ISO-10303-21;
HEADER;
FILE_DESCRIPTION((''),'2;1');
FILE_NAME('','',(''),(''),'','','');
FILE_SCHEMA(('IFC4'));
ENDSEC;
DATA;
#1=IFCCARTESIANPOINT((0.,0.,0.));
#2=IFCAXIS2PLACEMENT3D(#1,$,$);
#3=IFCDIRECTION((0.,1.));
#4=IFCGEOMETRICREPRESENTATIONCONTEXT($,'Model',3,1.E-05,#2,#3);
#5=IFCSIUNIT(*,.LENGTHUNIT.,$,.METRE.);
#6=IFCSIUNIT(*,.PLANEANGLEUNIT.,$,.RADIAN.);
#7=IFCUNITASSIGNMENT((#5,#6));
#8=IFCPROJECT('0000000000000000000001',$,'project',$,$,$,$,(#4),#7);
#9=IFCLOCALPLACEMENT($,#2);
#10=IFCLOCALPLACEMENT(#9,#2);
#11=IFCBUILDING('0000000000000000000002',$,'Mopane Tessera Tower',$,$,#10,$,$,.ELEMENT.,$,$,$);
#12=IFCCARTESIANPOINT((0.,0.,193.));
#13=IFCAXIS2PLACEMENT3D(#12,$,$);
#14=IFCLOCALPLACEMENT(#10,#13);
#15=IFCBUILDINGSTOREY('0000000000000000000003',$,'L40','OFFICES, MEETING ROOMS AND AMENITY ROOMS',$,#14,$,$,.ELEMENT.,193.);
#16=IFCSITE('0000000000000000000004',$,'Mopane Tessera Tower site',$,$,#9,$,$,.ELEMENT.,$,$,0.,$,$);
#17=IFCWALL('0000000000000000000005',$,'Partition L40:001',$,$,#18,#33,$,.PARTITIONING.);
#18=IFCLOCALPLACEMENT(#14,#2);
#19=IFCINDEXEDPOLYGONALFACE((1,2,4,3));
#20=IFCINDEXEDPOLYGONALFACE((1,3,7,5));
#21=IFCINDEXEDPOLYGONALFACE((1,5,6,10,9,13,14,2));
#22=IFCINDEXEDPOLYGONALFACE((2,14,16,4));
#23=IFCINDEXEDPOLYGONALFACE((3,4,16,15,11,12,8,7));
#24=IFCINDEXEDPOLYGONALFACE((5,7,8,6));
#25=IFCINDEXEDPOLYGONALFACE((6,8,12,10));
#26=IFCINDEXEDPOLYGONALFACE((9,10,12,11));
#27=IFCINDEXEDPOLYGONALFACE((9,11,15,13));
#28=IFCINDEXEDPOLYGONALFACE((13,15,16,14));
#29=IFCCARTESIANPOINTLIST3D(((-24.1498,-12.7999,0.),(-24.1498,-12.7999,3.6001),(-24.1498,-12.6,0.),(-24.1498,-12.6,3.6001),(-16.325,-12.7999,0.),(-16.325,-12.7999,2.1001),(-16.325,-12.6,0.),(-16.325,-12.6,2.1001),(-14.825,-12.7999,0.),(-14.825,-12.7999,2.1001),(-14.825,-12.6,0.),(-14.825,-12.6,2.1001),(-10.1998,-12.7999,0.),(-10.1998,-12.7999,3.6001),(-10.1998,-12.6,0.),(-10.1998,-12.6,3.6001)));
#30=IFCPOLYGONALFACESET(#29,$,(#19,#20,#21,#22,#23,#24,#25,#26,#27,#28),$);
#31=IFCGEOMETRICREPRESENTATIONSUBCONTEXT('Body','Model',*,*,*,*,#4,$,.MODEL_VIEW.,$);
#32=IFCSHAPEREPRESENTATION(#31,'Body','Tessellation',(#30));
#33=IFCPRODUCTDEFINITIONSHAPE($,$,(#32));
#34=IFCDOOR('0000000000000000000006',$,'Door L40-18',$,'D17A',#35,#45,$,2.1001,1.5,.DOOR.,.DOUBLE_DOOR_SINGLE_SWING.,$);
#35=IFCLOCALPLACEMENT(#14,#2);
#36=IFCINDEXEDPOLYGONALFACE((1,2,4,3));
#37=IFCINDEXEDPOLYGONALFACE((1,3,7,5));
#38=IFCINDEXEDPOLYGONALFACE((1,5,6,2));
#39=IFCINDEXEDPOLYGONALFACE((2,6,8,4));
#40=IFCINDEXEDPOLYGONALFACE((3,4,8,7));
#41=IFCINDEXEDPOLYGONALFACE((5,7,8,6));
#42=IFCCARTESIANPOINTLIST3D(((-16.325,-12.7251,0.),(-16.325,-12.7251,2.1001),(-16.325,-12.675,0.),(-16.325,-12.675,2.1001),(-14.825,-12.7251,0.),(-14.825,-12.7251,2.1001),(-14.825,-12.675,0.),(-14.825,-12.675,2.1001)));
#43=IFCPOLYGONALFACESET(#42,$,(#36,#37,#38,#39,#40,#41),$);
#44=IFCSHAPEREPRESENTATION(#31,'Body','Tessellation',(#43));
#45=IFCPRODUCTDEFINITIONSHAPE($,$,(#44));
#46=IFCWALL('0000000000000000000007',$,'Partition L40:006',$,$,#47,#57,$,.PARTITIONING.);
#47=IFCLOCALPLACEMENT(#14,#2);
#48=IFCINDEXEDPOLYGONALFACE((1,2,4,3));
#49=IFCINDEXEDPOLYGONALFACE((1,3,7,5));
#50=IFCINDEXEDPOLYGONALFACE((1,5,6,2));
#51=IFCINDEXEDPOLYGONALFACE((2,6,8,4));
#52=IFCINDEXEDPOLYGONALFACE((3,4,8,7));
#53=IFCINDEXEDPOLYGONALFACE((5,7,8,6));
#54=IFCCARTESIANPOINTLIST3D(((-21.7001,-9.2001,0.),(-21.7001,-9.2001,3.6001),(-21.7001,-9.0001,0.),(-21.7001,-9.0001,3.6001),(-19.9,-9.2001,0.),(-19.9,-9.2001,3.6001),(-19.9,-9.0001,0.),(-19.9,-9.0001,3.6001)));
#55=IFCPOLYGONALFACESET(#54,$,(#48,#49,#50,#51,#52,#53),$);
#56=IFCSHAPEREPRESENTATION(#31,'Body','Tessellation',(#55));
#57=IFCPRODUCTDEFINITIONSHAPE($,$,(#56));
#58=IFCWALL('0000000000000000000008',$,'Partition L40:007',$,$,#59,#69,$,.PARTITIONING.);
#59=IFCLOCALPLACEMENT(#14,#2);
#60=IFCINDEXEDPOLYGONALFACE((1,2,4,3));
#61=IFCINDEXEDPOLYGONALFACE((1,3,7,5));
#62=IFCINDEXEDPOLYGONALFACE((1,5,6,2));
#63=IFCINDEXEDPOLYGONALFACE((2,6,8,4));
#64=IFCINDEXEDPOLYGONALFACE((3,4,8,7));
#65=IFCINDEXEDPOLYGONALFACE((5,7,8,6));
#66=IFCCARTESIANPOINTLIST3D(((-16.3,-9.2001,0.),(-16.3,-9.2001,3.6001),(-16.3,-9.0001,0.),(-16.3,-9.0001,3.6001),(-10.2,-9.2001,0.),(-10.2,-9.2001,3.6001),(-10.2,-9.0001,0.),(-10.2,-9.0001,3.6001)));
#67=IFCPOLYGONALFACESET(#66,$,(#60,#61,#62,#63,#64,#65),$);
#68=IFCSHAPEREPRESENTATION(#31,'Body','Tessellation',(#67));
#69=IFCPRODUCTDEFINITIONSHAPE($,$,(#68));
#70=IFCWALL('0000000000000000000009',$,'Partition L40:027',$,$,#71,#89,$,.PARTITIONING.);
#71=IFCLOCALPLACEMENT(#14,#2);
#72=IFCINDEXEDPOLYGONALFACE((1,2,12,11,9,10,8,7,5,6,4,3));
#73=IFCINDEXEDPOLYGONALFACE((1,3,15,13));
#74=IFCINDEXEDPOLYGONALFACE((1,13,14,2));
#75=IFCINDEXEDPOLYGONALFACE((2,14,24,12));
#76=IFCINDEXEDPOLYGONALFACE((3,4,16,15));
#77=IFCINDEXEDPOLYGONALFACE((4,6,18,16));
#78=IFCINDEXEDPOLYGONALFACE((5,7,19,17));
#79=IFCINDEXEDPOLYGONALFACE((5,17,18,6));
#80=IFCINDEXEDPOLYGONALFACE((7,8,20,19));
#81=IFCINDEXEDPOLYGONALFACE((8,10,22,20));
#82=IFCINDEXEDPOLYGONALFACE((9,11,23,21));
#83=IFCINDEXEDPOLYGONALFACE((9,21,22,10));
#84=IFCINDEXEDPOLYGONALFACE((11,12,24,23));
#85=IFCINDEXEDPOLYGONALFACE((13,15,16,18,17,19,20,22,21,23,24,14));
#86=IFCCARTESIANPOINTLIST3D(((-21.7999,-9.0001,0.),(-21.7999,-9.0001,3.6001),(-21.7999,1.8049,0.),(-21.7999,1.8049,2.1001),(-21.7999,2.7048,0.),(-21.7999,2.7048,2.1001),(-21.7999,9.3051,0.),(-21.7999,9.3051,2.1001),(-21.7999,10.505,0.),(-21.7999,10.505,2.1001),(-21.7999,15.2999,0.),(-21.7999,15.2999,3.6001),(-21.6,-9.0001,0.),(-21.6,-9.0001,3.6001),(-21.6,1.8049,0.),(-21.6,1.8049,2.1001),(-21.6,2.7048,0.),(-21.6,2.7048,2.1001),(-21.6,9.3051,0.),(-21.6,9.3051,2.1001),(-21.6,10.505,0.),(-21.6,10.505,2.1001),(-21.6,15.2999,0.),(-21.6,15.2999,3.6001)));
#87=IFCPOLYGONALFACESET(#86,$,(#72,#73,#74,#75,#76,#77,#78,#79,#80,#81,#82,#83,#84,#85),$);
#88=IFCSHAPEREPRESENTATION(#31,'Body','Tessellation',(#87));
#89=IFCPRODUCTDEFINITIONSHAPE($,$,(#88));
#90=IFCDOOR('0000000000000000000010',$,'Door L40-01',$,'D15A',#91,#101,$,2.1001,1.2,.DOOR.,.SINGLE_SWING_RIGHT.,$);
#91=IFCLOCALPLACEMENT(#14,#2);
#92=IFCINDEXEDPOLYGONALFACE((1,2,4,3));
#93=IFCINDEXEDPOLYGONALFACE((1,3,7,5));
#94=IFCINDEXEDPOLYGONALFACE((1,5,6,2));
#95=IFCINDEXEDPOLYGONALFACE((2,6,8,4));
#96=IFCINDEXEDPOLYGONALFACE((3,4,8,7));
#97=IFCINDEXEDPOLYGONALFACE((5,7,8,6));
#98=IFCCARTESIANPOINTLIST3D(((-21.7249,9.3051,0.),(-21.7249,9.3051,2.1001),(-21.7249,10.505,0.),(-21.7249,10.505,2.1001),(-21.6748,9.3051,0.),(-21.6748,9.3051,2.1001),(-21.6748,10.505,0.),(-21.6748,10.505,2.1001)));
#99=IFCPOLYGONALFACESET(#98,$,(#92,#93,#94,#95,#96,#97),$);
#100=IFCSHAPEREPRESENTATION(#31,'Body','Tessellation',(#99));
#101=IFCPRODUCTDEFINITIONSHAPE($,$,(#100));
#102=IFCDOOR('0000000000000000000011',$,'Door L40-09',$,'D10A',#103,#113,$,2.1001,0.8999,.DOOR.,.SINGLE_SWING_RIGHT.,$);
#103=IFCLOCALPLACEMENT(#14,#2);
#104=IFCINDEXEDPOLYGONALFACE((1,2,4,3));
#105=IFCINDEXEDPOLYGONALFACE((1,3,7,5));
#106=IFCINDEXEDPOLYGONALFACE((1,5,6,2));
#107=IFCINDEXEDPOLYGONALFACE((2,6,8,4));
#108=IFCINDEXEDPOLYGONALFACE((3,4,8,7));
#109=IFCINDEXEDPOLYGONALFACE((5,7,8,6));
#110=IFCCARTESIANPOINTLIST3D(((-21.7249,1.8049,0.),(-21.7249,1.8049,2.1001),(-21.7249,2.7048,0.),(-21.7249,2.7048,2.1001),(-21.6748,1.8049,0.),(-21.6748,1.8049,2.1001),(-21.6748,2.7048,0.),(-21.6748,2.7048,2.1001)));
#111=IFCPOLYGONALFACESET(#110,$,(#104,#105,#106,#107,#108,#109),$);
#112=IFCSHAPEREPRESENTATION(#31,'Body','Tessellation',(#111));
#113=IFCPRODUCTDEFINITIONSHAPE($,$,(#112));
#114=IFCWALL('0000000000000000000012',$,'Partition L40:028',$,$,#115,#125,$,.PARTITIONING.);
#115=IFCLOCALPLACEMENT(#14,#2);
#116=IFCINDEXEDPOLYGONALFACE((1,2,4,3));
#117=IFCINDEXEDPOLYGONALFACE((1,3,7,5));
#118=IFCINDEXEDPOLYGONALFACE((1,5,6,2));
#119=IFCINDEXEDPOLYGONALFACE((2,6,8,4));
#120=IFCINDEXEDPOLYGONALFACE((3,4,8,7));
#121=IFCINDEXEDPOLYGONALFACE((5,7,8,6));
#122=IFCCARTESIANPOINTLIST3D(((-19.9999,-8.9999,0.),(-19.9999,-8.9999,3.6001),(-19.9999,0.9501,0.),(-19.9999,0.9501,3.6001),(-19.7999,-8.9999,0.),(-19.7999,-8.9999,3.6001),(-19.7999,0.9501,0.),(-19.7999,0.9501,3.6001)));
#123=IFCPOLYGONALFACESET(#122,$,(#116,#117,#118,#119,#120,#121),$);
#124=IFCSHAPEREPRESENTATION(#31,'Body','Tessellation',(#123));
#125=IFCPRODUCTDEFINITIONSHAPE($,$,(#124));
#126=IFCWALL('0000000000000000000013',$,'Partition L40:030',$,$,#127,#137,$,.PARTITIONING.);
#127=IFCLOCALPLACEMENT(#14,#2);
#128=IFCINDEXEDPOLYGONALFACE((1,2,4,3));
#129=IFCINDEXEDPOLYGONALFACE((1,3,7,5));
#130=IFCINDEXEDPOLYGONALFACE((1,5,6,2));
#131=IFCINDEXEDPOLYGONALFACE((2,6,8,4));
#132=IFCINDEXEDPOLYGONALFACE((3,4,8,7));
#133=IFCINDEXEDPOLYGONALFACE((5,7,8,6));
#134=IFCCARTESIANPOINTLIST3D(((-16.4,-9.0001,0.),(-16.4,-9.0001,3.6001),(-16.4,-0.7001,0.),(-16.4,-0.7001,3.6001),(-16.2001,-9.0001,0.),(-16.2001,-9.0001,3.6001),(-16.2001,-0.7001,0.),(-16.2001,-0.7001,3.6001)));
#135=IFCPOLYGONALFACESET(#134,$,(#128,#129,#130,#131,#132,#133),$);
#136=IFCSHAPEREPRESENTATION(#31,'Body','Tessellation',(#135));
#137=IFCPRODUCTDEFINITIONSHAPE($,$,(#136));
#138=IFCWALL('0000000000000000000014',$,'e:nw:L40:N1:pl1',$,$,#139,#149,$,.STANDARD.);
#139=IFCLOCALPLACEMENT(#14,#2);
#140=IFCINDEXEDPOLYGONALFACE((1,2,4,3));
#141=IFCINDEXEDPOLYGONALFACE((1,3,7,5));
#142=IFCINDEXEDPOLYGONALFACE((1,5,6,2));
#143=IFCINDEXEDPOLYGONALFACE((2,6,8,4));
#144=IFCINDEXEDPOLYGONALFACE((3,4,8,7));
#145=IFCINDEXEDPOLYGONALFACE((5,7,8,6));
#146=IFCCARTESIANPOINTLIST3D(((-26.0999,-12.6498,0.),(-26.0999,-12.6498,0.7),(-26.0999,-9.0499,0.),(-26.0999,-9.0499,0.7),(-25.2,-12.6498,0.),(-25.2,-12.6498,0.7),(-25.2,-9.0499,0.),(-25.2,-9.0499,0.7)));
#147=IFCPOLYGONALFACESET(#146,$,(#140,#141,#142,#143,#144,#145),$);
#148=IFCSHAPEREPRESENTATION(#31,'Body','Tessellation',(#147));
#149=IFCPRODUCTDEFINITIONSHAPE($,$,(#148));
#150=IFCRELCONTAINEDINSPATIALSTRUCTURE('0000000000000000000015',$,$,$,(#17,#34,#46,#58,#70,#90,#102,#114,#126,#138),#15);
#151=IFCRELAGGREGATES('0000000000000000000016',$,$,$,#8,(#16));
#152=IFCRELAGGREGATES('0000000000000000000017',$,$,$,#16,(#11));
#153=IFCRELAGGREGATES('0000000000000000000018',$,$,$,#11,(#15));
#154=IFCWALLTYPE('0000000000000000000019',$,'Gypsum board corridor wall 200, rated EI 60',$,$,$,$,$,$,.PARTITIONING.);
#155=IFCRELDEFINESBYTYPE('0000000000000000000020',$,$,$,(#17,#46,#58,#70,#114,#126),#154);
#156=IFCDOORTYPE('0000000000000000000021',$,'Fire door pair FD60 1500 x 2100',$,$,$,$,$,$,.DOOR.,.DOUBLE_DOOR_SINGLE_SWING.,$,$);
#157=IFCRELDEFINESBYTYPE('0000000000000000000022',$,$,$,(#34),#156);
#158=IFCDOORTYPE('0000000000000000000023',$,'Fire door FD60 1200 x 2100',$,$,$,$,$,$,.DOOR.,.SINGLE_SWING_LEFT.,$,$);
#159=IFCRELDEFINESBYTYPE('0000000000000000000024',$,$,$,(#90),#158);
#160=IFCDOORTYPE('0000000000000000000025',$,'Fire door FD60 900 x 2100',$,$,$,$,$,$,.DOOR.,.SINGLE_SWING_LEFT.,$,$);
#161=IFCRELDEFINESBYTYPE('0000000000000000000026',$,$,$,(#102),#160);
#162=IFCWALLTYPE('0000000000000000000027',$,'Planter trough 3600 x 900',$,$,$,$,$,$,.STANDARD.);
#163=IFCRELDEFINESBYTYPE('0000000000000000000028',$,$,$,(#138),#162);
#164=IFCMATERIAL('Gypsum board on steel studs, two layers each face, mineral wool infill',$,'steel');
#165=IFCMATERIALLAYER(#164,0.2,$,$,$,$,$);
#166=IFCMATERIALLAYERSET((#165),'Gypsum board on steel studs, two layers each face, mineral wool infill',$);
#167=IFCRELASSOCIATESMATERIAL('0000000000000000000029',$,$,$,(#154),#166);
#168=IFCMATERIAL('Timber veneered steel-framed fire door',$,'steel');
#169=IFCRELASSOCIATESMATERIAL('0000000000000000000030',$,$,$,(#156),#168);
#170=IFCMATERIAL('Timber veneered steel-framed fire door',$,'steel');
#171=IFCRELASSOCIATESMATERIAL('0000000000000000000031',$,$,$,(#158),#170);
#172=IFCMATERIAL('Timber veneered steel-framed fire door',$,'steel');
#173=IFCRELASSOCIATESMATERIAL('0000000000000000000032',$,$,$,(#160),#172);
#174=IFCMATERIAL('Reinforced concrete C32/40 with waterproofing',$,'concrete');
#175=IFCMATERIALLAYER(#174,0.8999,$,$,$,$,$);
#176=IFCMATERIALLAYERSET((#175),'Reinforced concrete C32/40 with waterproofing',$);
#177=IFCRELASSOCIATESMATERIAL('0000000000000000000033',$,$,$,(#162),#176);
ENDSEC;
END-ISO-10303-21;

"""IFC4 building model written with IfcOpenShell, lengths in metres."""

from ifc_helpers import new_model, si_unit, direction, frame, frame_2d, origin, place, context, subcontext, project, spatial, rectangle, extrude, material, layer, layer_set, type_object, element, fill, save


model = new_model("IFC4")

# Units and contexts
model_context = context("Model", 3, precision=1e-05, world=origin(), true_north=direction((0.0, 1.0)))
body_context = subcontext(model_context, "Body", "Model", "MODEL_VIEW")
ifc_project = project(units=[si_unit("LENGTHUNIT", "METRE"), si_unit("PLANEANGLEUNIT", "RADIAN")], contexts=[model_context])

# Site, building, storey
site_placement = place(None, origin())
site = spatial("IfcSite", under=ifc_project, at=site_placement, Name="Mopane Tessera Tower site", CompositionType="ELEMENT", RefElevation=0.0)
building_placement = place(site_placement, origin())
building = spatial("IfcBuilding", under=site, at=building_placement, Name="Mopane Tessera Tower", CompositionType="ELEMENT")
storey_placement = place(building_placement, frame((0.0, 0.0, 193.0)))
storey = spatial("IfcBuildingStorey", under=building, at=storey_placement, Name="L40", Description="OFFICES, MEETING ROOMS AND AMENITY ROOMS", CompositionType="ELEMENT", Elevation=193.0)

# Wall, opening, door
ifc_material_1 = material(Name="Gypsum board on steel studs, two layers each face, mineral wool infill", Category="steel")
ifc_layer_1 = layer(ifc_material_1, 0.2)
ifc_layer_set_1 = layer_set([ifc_layer_1], Name="Gypsum board on steel studs, two layers each face, mineral wool infill")
wall_type_1 = type_object("IfcWallType", Name="Gypsum board corridor wall 200, rated EI 60", PredefinedType="PARTITIONING", material=ifc_layer_set_1)
wall_1_placement = place(storey_placement, frame((-24.1499, -12.7, 0.0), z_axis=(0.0, 0.0, 1.0), x_axis=(1.0, 0.0, 0.0)))
wall_1 = element("IfcWall", 1, at=wall_1_placement, inside=storey, type_object=wall_type_1, Name="Partition L40:001", PredefinedType="PARTITIONING", context=body_context, shape_type="SweptSolid", body=[
    extrude(rectangle(XDim=13.95, YDim=0.2, at=frame_2d((6.9751, 0.0))), origin(), (0.0, 0.0, 1.0), 3.6001),
])
opening_1_placement = place(wall_1_placement, frame((7.825, 0.0, 0.0)))
opening_1 = element("IfcOpeningElement", 2, at=opening_1_placement, cuts=wall_1, PredefinedType="OPENING", context=body_context, shape_type="SweptSolid", body=[
    extrude(rectangle(XDim=1.5, YDim=2.1001, at=frame_2d((0.75, 1.05))), frame((0.0, 0.1121, 0.0), z_axis=(0.0, -1.0, 0.0), x_axis=(1.0, 0.0, 0.0)), (0.0, 0.0, 1.0), 0.2239),
])
ifc_material_2 = material(Name="Timber veneered steel-framed fire door", Category="steel")
door_type_1 = type_object("IfcDoorType", Name="Fire door pair FD60 1500 x 2100", OperationType="DOUBLE_DOOR_SINGLE_SWING", PredefinedType="DOOR", material=ifc_material_2)
door_1_placement = place(opening_1_placement, origin())
door_1 = element("IfcDoor", 3, at=door_1_placement, inside=storey, type_object=door_type_1, Name="Door L40-18", ObjectType="D17A", OperationType="DOUBLE_DOOR_SINGLE_SWING", OverallHeight=2.1001, OverallWidth=1.5, PredefinedType="DOOR", context=body_context, shape_type="SweptSolid", body=[
    extrude(rectangle(XDim=1.5, YDim=2.1001, at=frame_2d((0.75, 1.05))), frame((0.0, 0.0249, 0.0), z_axis=(0.0, -1.0, 0.0), x_axis=(1.0, 0.0, 0.0)), (0.0, 0.0, 1.0), 0.05),
])
fill(opening_1, door_1)

# Walls
wall_2_placement = place(storey_placement, frame((-21.7, -9.1001, 0.0), z_axis=(0.0, 0.0, 1.0), x_axis=(1.0, 0.0, 0.0)))
element("IfcWall", 4, at=wall_2_placement, inside=storey, type_object=wall_type_1, Name="Partition L40:006", PredefinedType="PARTITIONING", context=body_context, shape_type="SweptSolid", body=[
    extrude(rectangle(XDim=1.8, YDim=0.2, at=frame_2d((0.8999, 0.0))), origin(), (0.0, 0.0, 1.0), 3.6001),
])
wall_3_placement = place(storey_placement, frame((-16.3, -9.1001, 0.0), z_axis=(0.0, 0.0, 1.0), x_axis=(1.0, 0.0, 0.0)))
element("IfcWall", 5, at=wall_3_placement, inside=storey, type_object=wall_type_1, Name="Partition L40:007", PredefinedType="PARTITIONING", context=body_context, shape_type="SweptSolid", body=[
    extrude(rectangle(XDim=6.1001, YDim=0.2, at=frame_2d((3.05, 0.0))), origin(), (0.0, 0.0, 1.0), 3.6001),
])

# Wall, openings, doors
wall_4_placement = place(storey_placement, frame((-21.7, -9.0, 0.0), z_axis=(0.0, 0.0, 1.0), x_axis=(0.0, 1.0, 0.0)))
wall_4 = element("IfcWall", 6, at=wall_4_placement, inside=storey, type_object=wall_type_1, Name="Partition L40:027", PredefinedType="PARTITIONING", context=body_context, shape_type="SweptSolid", body=[
    extrude(rectangle(XDim=24.3, YDim=0.2, at=frame_2d((12.1499, 0.0))), origin(), (0.0, 0.0, 1.0), 3.6001),
])
opening_2_placement = place(wall_4_placement, frame((18.3049, 0.0, 0.0)))
opening_2 = element("IfcOpeningElement", 7, at=opening_2_placement, cuts=wall_4, PredefinedType="OPENING", context=body_context, shape_type="SweptSolid", body=[
    extrude(rectangle(XDim=1.2, YDim=2.1001, at=frame_2d((0.6001, 1.05))), frame((0.0, 0.1121, 0.0), z_axis=(0.0, -1.0, 0.0), x_axis=(1.0, 0.0, 0.0)), (0.0, 0.0, 1.0), 0.2239),
])
opening_3_placement = place(wall_4_placement, frame((10.8049, 0.0, 0.0)))
opening_3 = element("IfcOpeningElement", 8, at=opening_3_placement, cuts=wall_4, PredefinedType="OPENING", context=body_context, shape_type="SweptSolid", body=[
    extrude(rectangle(XDim=0.8999, YDim=2.1001, at=frame_2d((0.45, 1.05))), frame((0.0, 0.1121, 0.0), z_axis=(0.0, -1.0, 0.0), x_axis=(1.0, 0.0, 0.0)), (0.0, 0.0, 1.0), 0.2239),
])
ifc_material_3 = material(Name="Timber veneered steel-framed fire door", Category="steel")
door_type_2 = type_object("IfcDoorType", Name="Fire door FD60 1200 x 2100", OperationType="SINGLE_SWING_LEFT", PredefinedType="DOOR", material=ifc_material_3)
door_2_placement = place(opening_2_placement, origin())
door_2 = element("IfcDoor", 9, at=door_2_placement, inside=storey, type_object=door_type_2, Name="Door L40-01", ObjectType="D15A", OperationType="SINGLE_SWING_RIGHT", OverallHeight=2.1001, OverallWidth=1.2, PredefinedType="DOOR", context=body_context, shape_type="SweptSolid", body=[
    extrude(rectangle(XDim=1.2, YDim=2.1001, at=frame_2d((0.6001, 1.05))), frame((0.0, 0.0249, 0.0), z_axis=(0.0, -1.0, 0.0), x_axis=(1.0, 0.0, 0.0)), (0.0, 0.0, 1.0), 0.05),
])
fill(opening_2, door_2)
ifc_material_4 = material(Name="Timber veneered steel-framed fire door", Category="steel")
door_type_3 = type_object("IfcDoorType", Name="Fire door FD60 900 x 2100", OperationType="SINGLE_SWING_LEFT", PredefinedType="DOOR", material=ifc_material_4)
door_3_placement = place(opening_3_placement, origin())
door_3 = element("IfcDoor", 10, at=door_3_placement, inside=storey, type_object=door_type_3, Name="Door L40-09", ObjectType="D10A", OperationType="SINGLE_SWING_RIGHT", OverallHeight=2.1001, OverallWidth=0.8999, PredefinedType="DOOR", context=body_context, shape_type="SweptSolid", body=[
    extrude(rectangle(XDim=0.8999, YDim=2.1001, at=frame_2d((0.45, 1.05))), frame((0.0, 0.0249, 0.0), z_axis=(0.0, -1.0, 0.0), x_axis=(1.0, 0.0, 0.0)), (0.0, 0.0, 1.0), 0.05),
])
fill(opening_3, door_3)

# Walls
wall_5_placement = place(storey_placement, frame((-19.8999, -9.0, 0.0), z_axis=(0.0, 0.0, 1.0), x_axis=(0.0, 1.0, 0.0)))
element("IfcWall", 11, at=wall_5_placement, inside=storey, type_object=wall_type_1, Name="Partition L40:028", PredefinedType="PARTITIONING", context=body_context, shape_type="SweptSolid", body=[
    extrude(rectangle(XDim=9.95, YDim=0.2, at=frame_2d((4.9751, 0.0))), origin(), (0.0, 0.0, 1.0), 3.6001),
])
wall_6_placement = place(storey_placement, frame((-16.3, -9.0, 0.0), z_axis=(0.0, 0.0, 1.0), x_axis=(0.0, 1.0, 0.0)))
element("IfcWall", 12, at=wall_6_placement, inside=storey, type_object=wall_type_1, Name="Partition L40:030", PredefinedType="PARTITIONING", context=body_context, shape_type="SweptSolid", body=[
    extrude(rectangle(XDim=8.3, YDim=0.2, at=frame_2d((4.1499, 0.0))), origin(), (0.0, 0.0, 1.0), 3.6001),
])
ifc_material_5 = material(Name="Reinforced concrete C32/40 with waterproofing", Category="concrete")
ifc_layer_2 = layer(ifc_material_5, 0.8999)
ifc_layer_set_2 = layer_set([ifc_layer_2], Name="Reinforced concrete C32/40 with waterproofing")
wall_type_2 = type_object("IfcWallType", Name="Planter trough 3600 x 900", PredefinedType="STANDARD", material=ifc_layer_set_2)
wall_7_placement = place(storey_placement, frame((-25.6499, -9.05, 0.0), z_axis=(0.0, 0.0, 1.0), x_axis=(0.0, -1.0, 0.0)))
element("IfcWall", 13, at=wall_7_placement, inside=storey, type_object=wall_type_2, Name="e:nw:L40:N1:pl1", PredefinedType="STANDARD", context=body_context, shape_type="SweptSolid", body=[
    extrude(rectangle(XDim=3.5999, YDim=0.8999, at=frame_2d((1.7998, 0.0))), origin(), (0.0, 0.0, 1.0), 0.7),
])

save(model, "model.ifc")
